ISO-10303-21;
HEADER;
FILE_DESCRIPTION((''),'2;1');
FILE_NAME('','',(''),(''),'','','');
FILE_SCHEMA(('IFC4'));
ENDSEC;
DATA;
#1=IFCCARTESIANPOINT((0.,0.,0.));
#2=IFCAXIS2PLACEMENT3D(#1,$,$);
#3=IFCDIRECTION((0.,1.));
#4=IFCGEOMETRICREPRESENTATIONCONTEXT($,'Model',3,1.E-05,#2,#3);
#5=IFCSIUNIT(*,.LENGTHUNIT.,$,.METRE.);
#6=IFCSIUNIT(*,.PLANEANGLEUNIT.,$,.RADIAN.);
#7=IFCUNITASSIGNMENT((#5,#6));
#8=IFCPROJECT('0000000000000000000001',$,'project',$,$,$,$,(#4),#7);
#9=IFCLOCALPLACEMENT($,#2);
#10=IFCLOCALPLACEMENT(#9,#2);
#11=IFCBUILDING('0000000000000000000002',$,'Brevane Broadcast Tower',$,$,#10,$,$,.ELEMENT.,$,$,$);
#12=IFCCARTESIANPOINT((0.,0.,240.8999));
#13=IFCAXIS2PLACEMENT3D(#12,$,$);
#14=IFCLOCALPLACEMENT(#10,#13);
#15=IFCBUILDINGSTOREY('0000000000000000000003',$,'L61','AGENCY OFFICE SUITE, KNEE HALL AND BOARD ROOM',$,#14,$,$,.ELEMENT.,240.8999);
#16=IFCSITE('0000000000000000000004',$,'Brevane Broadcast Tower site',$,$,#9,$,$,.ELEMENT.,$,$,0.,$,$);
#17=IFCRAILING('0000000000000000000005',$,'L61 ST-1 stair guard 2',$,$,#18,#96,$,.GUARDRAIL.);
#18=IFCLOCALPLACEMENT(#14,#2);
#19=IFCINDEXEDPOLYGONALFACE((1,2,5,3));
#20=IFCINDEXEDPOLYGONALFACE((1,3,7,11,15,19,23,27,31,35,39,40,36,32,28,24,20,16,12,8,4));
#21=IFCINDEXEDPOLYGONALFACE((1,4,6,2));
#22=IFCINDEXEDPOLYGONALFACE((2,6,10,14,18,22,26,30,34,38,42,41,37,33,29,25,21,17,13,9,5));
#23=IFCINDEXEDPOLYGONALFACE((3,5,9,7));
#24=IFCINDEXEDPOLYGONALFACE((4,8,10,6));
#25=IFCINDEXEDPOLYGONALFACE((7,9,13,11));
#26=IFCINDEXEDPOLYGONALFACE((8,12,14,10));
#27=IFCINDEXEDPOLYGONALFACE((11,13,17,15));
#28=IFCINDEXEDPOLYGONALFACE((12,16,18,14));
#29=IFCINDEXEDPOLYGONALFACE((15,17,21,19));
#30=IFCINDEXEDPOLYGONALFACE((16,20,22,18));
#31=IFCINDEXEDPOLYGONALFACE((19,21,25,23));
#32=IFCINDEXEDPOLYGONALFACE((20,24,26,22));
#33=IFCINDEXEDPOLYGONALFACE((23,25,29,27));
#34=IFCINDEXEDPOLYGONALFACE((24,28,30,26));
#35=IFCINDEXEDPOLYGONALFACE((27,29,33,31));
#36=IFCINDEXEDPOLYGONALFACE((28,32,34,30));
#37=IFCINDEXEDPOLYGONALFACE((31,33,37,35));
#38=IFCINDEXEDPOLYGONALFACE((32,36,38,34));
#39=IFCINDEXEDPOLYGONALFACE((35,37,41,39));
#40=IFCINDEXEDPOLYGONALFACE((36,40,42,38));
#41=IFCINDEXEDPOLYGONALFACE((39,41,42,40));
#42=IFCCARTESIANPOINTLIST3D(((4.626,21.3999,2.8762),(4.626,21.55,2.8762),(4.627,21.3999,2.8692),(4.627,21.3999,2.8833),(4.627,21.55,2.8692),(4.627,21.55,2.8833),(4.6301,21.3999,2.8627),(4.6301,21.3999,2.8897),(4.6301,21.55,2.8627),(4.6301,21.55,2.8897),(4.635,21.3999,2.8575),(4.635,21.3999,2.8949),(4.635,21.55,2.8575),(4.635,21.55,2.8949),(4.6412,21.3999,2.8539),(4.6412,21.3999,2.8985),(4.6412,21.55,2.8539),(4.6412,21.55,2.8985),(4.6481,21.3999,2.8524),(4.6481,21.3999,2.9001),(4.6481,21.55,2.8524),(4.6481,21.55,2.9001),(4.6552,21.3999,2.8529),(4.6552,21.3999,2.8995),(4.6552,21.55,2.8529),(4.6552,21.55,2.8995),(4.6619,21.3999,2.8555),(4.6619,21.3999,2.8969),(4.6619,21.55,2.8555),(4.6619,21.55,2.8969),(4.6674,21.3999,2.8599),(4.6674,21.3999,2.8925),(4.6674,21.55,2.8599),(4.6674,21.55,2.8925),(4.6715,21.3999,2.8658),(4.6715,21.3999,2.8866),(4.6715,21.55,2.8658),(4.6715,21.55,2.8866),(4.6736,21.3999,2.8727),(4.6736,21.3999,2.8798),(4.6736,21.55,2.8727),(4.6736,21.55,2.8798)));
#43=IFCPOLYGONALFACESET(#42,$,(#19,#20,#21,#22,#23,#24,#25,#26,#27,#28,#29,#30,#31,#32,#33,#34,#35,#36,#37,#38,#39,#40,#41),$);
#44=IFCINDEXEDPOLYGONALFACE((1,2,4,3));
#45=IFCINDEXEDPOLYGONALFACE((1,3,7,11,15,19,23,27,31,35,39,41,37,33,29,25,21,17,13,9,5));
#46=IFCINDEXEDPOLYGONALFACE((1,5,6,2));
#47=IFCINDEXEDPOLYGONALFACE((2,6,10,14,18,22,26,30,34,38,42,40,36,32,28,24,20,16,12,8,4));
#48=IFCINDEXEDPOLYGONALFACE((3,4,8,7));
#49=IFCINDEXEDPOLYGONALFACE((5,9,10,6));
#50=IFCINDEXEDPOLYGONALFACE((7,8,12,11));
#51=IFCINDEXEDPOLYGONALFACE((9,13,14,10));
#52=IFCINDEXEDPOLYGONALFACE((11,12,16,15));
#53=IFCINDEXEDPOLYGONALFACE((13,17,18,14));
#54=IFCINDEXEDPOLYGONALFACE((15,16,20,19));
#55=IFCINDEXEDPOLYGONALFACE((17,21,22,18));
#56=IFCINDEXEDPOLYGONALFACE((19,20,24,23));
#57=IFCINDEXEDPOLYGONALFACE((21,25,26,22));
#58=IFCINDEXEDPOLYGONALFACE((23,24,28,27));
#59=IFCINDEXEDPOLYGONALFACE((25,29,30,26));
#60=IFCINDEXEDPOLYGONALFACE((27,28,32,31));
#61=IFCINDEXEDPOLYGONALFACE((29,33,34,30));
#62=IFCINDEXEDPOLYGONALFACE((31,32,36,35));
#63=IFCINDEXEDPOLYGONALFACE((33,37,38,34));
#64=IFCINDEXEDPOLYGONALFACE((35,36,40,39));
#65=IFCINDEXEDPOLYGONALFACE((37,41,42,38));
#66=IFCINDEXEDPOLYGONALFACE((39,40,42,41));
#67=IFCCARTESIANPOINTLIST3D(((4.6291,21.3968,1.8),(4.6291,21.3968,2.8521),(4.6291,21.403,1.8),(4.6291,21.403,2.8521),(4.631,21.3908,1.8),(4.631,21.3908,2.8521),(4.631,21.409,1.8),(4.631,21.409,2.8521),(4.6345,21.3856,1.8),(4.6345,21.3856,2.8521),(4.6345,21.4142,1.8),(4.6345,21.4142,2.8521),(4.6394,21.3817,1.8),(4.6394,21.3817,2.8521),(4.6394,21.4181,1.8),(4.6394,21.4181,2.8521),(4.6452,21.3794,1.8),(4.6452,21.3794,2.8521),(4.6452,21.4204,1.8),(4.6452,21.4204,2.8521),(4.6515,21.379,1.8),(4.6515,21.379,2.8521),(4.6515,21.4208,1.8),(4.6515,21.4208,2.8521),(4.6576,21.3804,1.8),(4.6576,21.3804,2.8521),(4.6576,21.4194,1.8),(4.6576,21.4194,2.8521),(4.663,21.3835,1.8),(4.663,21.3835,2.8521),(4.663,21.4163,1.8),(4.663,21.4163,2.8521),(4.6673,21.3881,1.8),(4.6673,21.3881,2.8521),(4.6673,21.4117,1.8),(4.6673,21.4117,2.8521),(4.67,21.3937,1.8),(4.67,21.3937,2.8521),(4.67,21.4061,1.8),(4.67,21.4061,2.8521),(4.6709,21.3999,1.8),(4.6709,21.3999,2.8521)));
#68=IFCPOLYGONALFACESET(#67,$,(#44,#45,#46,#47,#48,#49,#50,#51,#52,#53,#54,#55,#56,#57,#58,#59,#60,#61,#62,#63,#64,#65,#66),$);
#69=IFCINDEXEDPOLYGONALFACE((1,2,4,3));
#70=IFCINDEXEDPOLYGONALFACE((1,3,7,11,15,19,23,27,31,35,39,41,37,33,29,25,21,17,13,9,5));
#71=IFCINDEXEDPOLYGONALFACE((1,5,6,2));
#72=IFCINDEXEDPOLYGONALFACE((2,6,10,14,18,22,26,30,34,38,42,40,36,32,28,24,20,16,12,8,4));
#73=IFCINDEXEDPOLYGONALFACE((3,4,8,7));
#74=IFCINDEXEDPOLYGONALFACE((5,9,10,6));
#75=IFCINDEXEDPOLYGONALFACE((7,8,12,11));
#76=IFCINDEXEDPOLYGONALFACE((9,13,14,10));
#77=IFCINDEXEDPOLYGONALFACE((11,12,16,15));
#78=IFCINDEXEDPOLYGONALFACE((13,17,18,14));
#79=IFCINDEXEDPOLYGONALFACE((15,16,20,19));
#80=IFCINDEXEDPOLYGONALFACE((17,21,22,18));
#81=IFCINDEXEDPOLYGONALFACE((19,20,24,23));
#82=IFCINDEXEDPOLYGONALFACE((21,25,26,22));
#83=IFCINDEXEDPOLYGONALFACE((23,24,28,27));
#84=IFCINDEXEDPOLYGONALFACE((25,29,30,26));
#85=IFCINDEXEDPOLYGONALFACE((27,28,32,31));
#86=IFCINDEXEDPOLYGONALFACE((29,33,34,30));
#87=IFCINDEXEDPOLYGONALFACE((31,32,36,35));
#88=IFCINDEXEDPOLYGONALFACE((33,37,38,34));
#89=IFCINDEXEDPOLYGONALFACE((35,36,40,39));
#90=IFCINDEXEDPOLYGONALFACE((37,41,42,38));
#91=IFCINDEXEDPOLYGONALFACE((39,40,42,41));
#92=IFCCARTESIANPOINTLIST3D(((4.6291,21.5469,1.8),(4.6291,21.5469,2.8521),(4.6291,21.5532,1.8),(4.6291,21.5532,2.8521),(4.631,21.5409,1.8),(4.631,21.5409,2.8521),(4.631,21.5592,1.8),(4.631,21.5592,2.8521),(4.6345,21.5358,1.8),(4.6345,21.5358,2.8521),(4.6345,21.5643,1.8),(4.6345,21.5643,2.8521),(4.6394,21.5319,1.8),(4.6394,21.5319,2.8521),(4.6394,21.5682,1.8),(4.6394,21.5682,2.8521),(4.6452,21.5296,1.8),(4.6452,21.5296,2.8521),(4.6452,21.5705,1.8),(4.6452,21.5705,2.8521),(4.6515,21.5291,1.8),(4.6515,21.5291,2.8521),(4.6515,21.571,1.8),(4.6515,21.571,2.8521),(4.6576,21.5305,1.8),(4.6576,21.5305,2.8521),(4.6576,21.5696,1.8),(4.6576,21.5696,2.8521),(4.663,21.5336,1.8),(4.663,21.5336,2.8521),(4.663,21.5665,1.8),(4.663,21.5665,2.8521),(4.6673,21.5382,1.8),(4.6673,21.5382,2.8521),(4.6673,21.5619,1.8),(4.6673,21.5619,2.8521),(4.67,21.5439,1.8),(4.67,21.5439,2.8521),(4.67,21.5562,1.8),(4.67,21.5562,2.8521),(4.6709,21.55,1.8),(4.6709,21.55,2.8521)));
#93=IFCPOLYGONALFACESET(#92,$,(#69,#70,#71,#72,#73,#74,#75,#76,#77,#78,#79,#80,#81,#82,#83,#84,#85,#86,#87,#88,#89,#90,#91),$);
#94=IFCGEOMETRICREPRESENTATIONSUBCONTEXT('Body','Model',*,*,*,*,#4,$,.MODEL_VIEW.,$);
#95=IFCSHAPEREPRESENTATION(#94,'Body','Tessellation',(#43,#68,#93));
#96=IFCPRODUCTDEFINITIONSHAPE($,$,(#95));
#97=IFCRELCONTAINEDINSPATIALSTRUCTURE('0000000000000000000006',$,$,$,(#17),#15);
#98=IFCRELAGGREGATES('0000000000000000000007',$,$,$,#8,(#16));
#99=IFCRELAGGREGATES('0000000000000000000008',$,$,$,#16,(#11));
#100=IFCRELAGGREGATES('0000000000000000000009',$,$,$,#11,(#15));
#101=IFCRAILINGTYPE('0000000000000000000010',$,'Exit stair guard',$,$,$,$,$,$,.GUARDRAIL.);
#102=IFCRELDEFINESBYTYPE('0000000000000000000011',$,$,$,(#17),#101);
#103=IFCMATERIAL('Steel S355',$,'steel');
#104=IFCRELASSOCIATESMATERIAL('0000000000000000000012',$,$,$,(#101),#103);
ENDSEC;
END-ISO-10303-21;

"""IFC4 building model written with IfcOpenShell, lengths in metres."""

from ifc_helpers import new_model, si_unit, direction, frame, origin, origin_2d, place, context, subcontext, project, spatial, circle, extrude, material, type_object, element, save


model = new_model("IFC4")

# Units and contexts
model_context = context("Model", 3, precision=1e-05, world=origin(), true_north=direction((0.0, 1.0)))
body_context = subcontext(model_context, "Body", "Model", "MODEL_VIEW")
ifc_project = project(units=[si_unit("LENGTHUNIT", "METRE"), si_unit("PLANEANGLEUNIT", "RADIAN")], contexts=[model_context])

# Site, building, storey
site_placement = place(None, origin())
site = spatial("IfcSite", under=ifc_project, at=site_placement, Name="Brevane Broadcast Tower site", CompositionType="ELEMENT", RefElevation=0.0)
building_placement = place(site_placement, origin())
building = spatial("IfcBuilding", under=site, at=building_placement, Name="Brevane Broadcast Tower", CompositionType="ELEMENT")
storey_placement = place(building_placement, frame((0.0, 0.0, 240.8999)))
storey = spatial("IfcBuildingStorey", under=building, at=storey_placement, Name="L61", Description="AGENCY OFFICE SUITE, KNEE HALL AND BOARD ROOM", CompositionType="ELEMENT", Elevation=240.8999)

# Railing
ifc_material_1 = material(Name="Steel S355", Category="steel")
railing_type_1 = type_object("IfcRailingType", Name="Exit stair guard", PredefinedType="GUARDRAIL", material=ifc_material_1)
railing_1_placement = place(storey_placement, frame((4.6499, 21.3999, 1.8)))
element("IfcRailing", 1, at=railing_1_placement, inside=storey, type_object=railing_type_1, Name="L61 ST-1 stair guard 2", PredefinedType="GUARDRAIL", context=body_context, shape_type="SweptSolid", body=[
    extrude(circle(Radius=0.0239, at=origin_2d()), frame((0.0, 0.0, 1.0762), z_axis=(0.0, 1.0, 0.0), x_axis=(-1.0, 0.0, 0.0)), (0.0, 0.0, 1.0), 0.1501),
    extrude(circle(Radius=0.021, at=origin_2d()), origin(), (0.0, 0.0, 1.0), 1.052),
    extrude(circle(Radius=0.021, at=origin_2d()), frame((0.0, 0.1501, 0.0)), (0.0, 0.0, 1.0), 1.052),
])

save(model, "model.ifc")
